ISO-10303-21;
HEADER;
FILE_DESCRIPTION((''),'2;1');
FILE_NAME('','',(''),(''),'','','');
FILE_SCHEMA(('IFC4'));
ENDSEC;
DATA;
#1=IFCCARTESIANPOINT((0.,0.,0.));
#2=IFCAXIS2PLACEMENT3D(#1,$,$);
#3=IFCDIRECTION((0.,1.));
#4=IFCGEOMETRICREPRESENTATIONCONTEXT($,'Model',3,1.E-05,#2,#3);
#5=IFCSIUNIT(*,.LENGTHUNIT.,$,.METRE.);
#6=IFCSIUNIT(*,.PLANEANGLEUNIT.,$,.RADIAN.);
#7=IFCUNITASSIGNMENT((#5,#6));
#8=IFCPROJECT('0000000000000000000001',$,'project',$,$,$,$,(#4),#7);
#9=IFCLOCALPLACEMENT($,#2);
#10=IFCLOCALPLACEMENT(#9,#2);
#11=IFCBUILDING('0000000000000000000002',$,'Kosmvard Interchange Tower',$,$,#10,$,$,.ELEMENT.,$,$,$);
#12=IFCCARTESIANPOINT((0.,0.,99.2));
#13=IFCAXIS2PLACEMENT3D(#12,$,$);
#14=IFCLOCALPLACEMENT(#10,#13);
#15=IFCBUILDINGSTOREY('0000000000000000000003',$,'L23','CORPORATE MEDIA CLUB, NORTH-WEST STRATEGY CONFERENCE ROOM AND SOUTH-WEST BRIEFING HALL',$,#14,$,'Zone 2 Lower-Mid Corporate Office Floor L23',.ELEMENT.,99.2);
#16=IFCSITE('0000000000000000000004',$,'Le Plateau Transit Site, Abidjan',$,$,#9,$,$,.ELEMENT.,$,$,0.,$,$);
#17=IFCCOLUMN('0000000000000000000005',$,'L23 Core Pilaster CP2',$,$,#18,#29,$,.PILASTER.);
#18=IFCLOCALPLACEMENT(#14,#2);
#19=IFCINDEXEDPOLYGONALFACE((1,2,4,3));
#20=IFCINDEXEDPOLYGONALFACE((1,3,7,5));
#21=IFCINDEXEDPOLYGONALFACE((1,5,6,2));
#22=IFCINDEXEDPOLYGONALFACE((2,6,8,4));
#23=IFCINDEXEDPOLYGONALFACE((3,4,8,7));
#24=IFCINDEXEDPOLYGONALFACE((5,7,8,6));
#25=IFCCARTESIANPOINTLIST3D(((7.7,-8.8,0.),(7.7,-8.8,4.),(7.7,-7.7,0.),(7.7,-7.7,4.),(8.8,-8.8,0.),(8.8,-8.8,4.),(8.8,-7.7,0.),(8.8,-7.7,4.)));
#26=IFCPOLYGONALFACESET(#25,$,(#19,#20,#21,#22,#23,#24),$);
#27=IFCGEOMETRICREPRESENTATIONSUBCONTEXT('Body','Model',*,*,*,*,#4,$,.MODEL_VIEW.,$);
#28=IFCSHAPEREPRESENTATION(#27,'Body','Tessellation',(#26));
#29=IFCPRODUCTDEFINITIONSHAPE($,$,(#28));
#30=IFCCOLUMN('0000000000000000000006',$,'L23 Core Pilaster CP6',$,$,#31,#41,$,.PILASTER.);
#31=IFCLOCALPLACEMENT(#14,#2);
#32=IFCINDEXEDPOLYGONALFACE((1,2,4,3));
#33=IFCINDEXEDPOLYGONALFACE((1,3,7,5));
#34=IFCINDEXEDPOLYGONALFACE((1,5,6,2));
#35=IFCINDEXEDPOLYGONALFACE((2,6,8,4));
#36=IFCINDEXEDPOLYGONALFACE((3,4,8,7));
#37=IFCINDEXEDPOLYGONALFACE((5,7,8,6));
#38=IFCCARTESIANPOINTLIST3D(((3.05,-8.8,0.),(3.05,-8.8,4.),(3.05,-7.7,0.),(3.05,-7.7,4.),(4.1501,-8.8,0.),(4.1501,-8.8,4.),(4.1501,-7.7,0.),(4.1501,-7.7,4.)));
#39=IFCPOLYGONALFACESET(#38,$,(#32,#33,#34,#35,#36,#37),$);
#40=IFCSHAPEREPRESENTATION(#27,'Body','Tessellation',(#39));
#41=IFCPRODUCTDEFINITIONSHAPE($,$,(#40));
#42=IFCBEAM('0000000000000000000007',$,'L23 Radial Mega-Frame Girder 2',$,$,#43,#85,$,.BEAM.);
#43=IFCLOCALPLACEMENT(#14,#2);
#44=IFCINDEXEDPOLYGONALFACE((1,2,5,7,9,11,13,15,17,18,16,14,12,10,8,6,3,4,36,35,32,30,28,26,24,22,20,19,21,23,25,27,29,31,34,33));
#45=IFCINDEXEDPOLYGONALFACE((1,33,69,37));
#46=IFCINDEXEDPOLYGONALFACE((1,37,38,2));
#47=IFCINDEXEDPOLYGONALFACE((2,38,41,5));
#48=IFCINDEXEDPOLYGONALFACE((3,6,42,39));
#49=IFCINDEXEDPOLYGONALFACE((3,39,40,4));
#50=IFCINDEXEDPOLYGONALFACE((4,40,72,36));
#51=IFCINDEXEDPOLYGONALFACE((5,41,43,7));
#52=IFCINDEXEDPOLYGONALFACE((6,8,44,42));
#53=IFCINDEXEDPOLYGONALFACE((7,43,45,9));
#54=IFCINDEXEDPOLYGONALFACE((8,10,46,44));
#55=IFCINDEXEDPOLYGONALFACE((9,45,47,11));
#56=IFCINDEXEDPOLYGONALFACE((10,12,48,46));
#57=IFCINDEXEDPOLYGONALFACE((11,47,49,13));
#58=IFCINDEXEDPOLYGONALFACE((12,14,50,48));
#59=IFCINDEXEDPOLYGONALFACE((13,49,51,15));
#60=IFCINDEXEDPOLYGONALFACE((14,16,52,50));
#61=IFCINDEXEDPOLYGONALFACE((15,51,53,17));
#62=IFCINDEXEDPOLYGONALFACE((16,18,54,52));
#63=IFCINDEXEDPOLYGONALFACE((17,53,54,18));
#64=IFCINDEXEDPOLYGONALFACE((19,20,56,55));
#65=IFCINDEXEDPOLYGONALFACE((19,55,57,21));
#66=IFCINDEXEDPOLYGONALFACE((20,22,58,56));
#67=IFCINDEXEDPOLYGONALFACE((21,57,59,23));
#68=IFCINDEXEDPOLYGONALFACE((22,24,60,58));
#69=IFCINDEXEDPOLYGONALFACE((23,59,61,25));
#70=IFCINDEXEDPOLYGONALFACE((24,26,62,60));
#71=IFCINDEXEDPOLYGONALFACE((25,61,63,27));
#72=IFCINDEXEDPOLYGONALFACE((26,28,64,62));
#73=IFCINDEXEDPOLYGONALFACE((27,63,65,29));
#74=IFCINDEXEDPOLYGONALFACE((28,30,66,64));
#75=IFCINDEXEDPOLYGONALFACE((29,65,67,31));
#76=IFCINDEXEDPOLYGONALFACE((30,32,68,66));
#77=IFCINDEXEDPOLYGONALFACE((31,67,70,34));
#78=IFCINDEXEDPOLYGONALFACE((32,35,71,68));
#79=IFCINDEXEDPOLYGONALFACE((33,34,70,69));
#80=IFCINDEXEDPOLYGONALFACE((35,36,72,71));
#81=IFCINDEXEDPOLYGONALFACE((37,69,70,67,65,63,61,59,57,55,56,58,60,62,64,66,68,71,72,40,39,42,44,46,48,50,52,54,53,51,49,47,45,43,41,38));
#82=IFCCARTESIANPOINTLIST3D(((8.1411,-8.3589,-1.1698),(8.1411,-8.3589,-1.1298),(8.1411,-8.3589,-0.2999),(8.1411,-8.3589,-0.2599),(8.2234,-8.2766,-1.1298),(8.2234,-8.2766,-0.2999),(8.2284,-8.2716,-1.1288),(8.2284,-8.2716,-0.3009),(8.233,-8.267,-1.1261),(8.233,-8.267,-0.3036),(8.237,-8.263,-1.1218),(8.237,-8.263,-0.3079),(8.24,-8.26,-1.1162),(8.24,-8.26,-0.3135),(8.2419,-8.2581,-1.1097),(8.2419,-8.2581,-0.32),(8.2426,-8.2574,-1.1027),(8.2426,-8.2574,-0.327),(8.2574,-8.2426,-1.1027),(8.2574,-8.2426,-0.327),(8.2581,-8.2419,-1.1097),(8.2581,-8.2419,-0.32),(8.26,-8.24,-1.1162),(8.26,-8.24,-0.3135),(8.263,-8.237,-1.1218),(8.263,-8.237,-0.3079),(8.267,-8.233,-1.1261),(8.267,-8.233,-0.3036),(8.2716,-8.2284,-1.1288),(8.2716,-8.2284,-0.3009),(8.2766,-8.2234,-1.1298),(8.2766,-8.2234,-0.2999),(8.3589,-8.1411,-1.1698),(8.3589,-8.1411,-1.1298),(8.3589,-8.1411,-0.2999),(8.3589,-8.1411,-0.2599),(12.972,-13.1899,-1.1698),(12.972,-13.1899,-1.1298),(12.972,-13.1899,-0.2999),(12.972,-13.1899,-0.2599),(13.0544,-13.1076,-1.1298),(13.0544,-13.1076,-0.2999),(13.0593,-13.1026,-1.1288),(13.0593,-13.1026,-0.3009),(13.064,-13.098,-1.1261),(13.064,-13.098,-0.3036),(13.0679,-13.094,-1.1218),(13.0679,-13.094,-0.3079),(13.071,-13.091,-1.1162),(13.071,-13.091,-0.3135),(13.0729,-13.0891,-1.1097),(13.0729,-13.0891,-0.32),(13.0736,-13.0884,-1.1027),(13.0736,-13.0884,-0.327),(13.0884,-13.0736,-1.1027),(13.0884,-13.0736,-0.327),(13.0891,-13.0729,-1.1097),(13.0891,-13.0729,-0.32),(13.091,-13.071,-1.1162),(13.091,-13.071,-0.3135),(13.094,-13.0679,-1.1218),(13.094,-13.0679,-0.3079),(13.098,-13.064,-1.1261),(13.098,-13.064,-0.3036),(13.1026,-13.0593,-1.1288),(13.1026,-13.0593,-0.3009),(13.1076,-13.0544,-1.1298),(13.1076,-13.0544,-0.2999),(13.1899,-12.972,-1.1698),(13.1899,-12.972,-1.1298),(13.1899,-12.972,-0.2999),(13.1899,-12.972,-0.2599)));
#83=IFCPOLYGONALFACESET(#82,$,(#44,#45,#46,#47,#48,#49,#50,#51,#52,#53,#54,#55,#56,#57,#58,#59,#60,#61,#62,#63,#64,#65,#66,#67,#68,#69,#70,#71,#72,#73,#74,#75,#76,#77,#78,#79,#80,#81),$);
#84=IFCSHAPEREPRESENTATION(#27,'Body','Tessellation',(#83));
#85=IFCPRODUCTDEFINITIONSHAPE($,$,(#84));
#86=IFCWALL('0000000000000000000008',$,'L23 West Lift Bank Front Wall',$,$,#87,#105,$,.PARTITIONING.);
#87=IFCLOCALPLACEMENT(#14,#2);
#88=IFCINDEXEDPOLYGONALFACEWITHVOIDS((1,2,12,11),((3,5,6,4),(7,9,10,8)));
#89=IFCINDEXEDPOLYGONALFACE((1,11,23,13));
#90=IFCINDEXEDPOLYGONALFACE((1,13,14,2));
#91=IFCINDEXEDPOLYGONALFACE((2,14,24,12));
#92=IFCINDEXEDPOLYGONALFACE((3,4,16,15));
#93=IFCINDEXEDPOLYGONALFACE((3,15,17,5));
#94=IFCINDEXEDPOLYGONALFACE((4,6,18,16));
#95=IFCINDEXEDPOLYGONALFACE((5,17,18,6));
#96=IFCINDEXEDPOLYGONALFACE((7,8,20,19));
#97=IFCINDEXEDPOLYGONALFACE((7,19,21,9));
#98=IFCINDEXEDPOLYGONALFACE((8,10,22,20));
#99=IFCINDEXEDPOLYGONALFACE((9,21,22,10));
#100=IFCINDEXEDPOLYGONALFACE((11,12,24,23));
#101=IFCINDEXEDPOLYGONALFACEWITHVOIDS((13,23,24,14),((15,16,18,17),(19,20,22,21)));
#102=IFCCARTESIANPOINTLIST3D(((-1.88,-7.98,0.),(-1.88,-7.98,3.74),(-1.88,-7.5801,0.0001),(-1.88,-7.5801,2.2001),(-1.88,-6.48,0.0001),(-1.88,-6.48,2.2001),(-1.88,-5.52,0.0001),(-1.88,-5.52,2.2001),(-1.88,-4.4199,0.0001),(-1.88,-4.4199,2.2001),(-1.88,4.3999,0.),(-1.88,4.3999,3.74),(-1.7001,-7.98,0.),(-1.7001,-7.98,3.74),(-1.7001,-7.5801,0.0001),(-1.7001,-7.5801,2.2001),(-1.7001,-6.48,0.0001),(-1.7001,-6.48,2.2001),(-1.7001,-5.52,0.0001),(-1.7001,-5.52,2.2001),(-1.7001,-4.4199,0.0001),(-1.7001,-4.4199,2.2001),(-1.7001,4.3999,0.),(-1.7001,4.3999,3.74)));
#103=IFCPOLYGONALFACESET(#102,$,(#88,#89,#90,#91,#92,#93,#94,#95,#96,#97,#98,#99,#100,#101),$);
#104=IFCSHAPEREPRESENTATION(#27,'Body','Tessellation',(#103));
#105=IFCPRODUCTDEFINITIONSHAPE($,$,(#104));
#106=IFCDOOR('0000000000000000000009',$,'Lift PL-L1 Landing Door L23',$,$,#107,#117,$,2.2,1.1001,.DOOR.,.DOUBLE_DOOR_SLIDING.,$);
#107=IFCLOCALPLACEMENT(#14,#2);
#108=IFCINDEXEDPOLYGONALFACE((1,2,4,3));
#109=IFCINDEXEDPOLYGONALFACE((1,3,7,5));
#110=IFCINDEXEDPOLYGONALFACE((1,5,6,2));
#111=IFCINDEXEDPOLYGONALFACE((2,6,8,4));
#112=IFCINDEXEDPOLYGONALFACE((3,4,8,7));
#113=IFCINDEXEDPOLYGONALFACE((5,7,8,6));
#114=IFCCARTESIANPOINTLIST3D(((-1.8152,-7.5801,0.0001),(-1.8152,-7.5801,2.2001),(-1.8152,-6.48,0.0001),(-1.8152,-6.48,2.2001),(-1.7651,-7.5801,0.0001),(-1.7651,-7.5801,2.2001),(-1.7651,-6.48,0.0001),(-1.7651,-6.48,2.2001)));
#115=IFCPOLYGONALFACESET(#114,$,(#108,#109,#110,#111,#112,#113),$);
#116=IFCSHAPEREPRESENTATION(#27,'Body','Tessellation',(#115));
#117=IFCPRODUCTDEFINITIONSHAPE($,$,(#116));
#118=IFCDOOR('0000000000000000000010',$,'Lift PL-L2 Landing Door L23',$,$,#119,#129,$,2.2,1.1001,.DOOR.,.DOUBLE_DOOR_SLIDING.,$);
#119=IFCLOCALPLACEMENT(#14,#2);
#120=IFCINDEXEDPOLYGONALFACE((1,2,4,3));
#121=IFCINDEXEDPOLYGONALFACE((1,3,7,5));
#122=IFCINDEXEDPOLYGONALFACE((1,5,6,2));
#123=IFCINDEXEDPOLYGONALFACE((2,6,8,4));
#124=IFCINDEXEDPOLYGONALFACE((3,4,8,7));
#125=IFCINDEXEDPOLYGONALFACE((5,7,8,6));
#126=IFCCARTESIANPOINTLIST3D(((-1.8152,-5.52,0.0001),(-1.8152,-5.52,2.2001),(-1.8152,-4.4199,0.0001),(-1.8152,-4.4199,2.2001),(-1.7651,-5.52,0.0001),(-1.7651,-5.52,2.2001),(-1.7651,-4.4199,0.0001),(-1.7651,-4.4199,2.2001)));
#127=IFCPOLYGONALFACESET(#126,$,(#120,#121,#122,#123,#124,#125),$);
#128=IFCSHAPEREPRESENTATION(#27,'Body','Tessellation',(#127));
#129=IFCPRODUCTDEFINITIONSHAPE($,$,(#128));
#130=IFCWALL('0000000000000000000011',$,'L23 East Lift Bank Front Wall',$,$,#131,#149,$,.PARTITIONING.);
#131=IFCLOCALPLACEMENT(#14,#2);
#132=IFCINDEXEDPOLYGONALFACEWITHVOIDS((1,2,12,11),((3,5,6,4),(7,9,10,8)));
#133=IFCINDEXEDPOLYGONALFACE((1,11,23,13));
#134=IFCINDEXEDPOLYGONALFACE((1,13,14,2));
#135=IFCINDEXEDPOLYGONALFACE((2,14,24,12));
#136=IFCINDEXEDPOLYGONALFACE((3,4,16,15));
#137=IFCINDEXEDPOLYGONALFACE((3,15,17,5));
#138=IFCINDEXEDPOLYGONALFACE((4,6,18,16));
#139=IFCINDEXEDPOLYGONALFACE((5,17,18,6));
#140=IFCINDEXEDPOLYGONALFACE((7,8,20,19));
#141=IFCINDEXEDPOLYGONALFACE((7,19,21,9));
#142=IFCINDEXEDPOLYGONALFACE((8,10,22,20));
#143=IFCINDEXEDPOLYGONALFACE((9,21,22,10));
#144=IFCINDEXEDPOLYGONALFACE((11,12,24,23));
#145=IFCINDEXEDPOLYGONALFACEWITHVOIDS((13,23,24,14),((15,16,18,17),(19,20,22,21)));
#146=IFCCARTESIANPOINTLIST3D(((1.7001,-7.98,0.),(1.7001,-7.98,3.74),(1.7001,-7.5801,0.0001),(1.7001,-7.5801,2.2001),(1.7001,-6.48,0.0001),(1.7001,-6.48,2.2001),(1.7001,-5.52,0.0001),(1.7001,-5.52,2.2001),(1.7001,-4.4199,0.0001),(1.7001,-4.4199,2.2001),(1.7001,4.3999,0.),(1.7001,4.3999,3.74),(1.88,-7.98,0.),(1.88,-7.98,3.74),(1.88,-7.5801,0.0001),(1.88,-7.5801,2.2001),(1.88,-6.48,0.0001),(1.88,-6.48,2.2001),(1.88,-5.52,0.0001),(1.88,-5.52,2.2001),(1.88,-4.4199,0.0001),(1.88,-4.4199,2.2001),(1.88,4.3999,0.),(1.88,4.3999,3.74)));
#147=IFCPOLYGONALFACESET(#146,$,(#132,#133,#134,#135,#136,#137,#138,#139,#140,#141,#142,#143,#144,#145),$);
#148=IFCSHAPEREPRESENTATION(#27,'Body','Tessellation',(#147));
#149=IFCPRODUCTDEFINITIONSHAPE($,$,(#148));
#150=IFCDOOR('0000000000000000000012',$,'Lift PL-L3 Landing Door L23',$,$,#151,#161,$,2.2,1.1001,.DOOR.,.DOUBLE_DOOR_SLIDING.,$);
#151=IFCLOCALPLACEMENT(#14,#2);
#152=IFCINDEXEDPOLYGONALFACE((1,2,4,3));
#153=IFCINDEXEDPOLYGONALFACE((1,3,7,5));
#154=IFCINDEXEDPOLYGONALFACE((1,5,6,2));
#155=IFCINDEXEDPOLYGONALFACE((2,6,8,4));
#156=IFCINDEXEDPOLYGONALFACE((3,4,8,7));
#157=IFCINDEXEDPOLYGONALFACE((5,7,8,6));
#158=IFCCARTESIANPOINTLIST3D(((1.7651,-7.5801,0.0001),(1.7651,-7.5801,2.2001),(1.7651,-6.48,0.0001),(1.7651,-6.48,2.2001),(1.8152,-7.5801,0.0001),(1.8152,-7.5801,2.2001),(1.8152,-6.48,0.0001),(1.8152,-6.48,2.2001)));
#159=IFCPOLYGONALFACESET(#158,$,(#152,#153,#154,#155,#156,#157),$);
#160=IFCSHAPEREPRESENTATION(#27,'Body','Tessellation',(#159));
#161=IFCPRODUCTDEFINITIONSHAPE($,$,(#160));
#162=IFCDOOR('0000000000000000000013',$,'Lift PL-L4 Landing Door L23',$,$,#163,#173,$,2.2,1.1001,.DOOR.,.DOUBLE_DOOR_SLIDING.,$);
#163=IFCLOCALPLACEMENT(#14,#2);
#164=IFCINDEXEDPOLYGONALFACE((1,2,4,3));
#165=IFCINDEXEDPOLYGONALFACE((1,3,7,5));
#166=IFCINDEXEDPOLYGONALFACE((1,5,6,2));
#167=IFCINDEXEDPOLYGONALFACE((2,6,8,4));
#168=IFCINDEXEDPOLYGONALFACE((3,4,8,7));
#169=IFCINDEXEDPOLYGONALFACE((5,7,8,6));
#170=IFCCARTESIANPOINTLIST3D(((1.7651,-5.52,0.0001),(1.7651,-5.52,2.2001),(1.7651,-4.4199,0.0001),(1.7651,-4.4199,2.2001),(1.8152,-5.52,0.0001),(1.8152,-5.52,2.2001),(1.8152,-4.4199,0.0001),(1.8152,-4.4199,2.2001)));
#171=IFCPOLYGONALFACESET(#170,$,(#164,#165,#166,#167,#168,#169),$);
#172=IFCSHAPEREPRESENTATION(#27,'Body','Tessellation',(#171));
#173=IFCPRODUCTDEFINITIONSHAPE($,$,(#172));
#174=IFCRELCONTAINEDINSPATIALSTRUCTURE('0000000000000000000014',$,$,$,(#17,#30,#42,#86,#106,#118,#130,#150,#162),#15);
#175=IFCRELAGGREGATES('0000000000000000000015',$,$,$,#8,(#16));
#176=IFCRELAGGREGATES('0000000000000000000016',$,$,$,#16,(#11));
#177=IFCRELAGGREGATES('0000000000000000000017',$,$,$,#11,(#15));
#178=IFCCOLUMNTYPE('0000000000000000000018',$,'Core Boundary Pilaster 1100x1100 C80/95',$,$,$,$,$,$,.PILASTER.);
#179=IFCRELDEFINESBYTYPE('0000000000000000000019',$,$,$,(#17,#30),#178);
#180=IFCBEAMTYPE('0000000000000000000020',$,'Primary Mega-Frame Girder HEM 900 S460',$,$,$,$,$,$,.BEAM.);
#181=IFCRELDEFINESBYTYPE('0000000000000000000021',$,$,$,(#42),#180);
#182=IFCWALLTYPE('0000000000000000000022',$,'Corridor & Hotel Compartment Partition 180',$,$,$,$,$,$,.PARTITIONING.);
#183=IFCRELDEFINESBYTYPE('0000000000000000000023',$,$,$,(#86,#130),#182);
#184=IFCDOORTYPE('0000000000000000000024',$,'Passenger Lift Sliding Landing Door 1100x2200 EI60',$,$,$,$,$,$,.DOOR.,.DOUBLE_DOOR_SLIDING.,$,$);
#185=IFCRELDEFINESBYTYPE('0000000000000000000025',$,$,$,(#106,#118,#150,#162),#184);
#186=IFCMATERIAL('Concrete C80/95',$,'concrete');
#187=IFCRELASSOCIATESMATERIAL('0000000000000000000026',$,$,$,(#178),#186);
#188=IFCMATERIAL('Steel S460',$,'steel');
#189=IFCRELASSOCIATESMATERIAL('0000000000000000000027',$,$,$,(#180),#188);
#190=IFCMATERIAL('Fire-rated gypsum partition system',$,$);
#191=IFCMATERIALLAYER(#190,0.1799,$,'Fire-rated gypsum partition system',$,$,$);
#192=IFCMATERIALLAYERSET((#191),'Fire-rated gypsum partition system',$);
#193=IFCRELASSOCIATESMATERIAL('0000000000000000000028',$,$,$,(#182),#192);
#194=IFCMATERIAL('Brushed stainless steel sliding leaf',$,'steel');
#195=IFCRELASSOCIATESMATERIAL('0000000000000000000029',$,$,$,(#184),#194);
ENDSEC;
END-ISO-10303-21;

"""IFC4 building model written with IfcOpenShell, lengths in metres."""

from ifc_helpers import new_model, si_unit, direction, frame, frame_2d, origin, origin_2d, place, context, subcontext, project, spatial, rectangle, i_section, extrude, source, transform, mapped, material, layer, layer_set, material_profile, profile_set, type_object, element, fill, save


model = new_model("IFC4")

# Units and contexts
model_context = context("Model", 3, precision=1e-05, world=origin(), true_north=direction((0.0, 1.0)))
body_context = subcontext(model_context, "Body", "Model", "MODEL_VIEW")
ifc_project = project(units=[si_unit("LENGTHUNIT", "METRE"), si_unit("PLANEANGLEUNIT", "RADIAN")], contexts=[model_context])

# Site, building, storey
site_placement = place(None, origin())
site = spatial("IfcSite", under=ifc_project, at=site_placement, Name="Le Plateau Transit Site, Abidjan", CompositionType="ELEMENT", RefElevation=0.0)
building_placement = place(site_placement, origin())
building = spatial("IfcBuilding", under=site, at=building_placement, Name="Kosmvard Interchange Tower", CompositionType="ELEMENT")
storey_placement = place(building_placement, frame((0.0, 0.0, 99.2)))
storey = spatial("IfcBuildingStorey", under=building, at=storey_placement, Name="L23", Description="CORPORATE MEDIA CLUB, NORTH-WEST STRATEGY CONFERENCE ROOM AND SOUTH-WEST BRIEFING HALL", LongName="Zone 2 Lower-Mid Corporate Office Floor L23", CompositionType="ELEMENT", Elevation=99.2)

# Columns
ifc_material_1 = material(Name="Concrete C80/95", Category="concrete")
ifc_material_profile_1 = material_profile(ifc_material_1, rectangle(XDim=1.1001, YDim=1.1001, at=origin_2d()), Name="CP 1100x1100")
ifc_profile_set_1 = profile_set([ifc_material_profile_1], Name="Concrete C80/95")
column_type = type_object("IfcColumnType", Name="Core Boundary Pilaster 1100x1100 C80/95", PredefinedType="PILASTER", material=ifc_profile_set_1)
shared_shape_1 = source(origin(), body_context, "Body", "SweptSolid", [
    extrude(rectangle(XDim=1.1001, YDim=1.1001, at=origin_2d()), origin(), (0.0, 0.0, 1.0), 4.0),
])
for number, where, z_axis, x_axis, name in (
    (1, (8.25, -8.25, 0.0), (0.0, 0.0, 1.0), (1.0, 0.0, 0.0), "L23 Core Pilaster CP2"),
    (2, (3.6001, -8.25, 0.0), (0.0, 0.0, 1.0), (1.0, 0.0, 0.0), "L23 Core Pilaster CP6"),
):
    element("IfcColumn", number, at=place(storey_placement, frame(where, z_axis=z_axis, x_axis=x_axis)), inside=storey, type_object=column_type, Name=name, PredefinedType="PILASTER", context=body_context, shape_type="MappedRepresentation", body=[
        mapped(shared_shape_1, transform((0.0, 0.0, 0.0), scale=1.0)),
    ])

# Beam
ifc_material_2 = material(Name="Steel S460", Category="steel")
ifc_material_profile_2 = material_profile(ifc_material_2, i_section(OverallWidth=0.3081, OverallDepth=0.9099, WebThickness=0.021, FlangeThickness=0.04, FilletRadius=0.0271, at=origin_2d()), Name="HEM 900")
ifc_profile_set_2 = profile_set([ifc_material_profile_2], Name="Steel S460")
beam_type = type_object("IfcBeamType", Name="Primary Mega-Frame Girder HEM 900 S460", PredefinedType="BEAM", material=ifc_profile_set_2)
shared_shape_2 = source(origin(), body_context, "Body", "SweptSolid", [
    extrude(i_section(OverallWidth=0.3081, OverallDepth=0.9099, WebThickness=0.021, FlangeThickness=0.04, FilletRadius=0.0271, at=origin_2d()), origin(), (0.0, 0.0, 1.0), 6.832),
])
beam_placement = place(storey_placement, frame((8.25, -8.25, -0.7148), z_axis=(0.707107, -0.707107, 0.0), x_axis=(0.707107, 0.707107, 0.0)))
element("IfcBeam", 3, at=beam_placement, inside=storey, type_object=beam_type, Name="L23 Radial Mega-Frame Girder 2", PredefinedType="BEAM", context=body_context, shape_type="MappedRepresentation", body=[
    mapped(shared_shape_2, transform((0.0, 0.0, 0.0), scale=1.0)),
])

# Walls, openings, doors
ifc_material_3 = material(Name="Fire-rated gypsum partition system")
ifc_layer_1 = layer(ifc_material_3, 0.1799, Name="Fire-rated gypsum partition system")
ifc_layer_set_1 = layer_set([ifc_layer_1], Name="Fire-rated gypsum partition system")
wall_type_1 = type_object("IfcWallType", Name="Corridor & Hotel Compartment Partition 180", PredefinedType="PARTITIONING", material=ifc_layer_set_1)
wall_1_placement = place(storey_placement, frame((-1.79, -7.98, 0.0), z_axis=(0.0, 0.0, 1.0), x_axis=(0.0, 1.0, 0.0)))
wall_1 = element("IfcWall", 4, at=wall_1_placement, inside=storey, type_object=wall_type_1, Name="L23 West Lift Bank Front Wall", PredefinedType="PARTITIONING", context=body_context, shape_type="SweptSolid", body=[
    extrude(rectangle(XDim=12.3799, YDim=0.1799, at=frame_2d((6.1899, 0.0))), origin(), (0.0, 0.0, 1.0), 3.74),
])
opening_1_placement = place(wall_1_placement, frame((0.3999, 0.0, 0.0)))
opening_1 = element("IfcOpeningElement", 5, at=opening_1_placement, cuts=wall_1, PredefinedType="OPENING", context=body_context, shape_type="SweptSolid", body=[
    extrude(rectangle(XDim=1.1001, YDim=2.2, at=frame_2d((0.55, 1.1001))), frame((0.0, 0.1001, 0.0), z_axis=(0.0, -1.0, 0.0), x_axis=(1.0, 0.0, 0.0)), (0.0, 0.0, 1.0), 0.2),
])
opening_2_placement = place(wall_1_placement, frame((2.46, 0.0, 0.0)))
opening_2 = element("IfcOpeningElement", 6, at=opening_2_placement, cuts=wall_1, PredefinedType="OPENING", context=body_context, shape_type="SweptSolid", body=[
    extrude(rectangle(XDim=1.1001, YDim=2.2, at=frame_2d((0.55, 1.1001))), frame((0.0, 0.1001, 0.0), z_axis=(0.0, -1.0, 0.0), x_axis=(1.0, 0.0, 0.0)), (0.0, 0.0, 1.0), 0.2),
])
ifc_material_4 = material(Name="Brushed stainless steel sliding leaf", Category="steel")
door_type_1 = type_object("IfcDoorType", Name="Passenger Lift Sliding Landing Door 1100x2200 EI60", OperationType="DOUBLE_DOOR_SLIDING", PredefinedType="DOOR", material=ifc_material_4)
shared_shape_3 = source(origin(), body_context, "Body", "SweptSolid", [
    extrude(rectangle(XDim=1.1001, YDim=2.2, at=frame_2d((0.55, 1.1001))), frame((0.0, 0.0249, 0.0), z_axis=(0.0, -1.0, 0.0), x_axis=(1.0, 0.0, 0.0)), (0.0, 0.0, 1.0), 0.05),
])
door_1_placement = place(opening_1_placement, frame((1.1001, 0.0, 0.0), z_axis=(0.0, 0.0, 1.0), x_axis=(-1.0, 0.0, 0.0)))
door_1 = element("IfcDoor", 7, at=door_1_placement, inside=storey, type_object=door_type_1, Name="Lift PL-L1 Landing Door L23", OperationType="DOUBLE_DOOR_SLIDING", OverallHeight=2.2, OverallWidth=1.1001, PredefinedType="DOOR", context=body_context, shape_type="MappedRepresentation", body=[
    mapped(shared_shape_3, transform((0.0, 0.0, 0.0), scale=1.0)),
])
fill(opening_1, door_1)
door_2_placement = place(opening_2_placement, frame((1.1001, 0.0, 0.0), z_axis=(0.0, 0.0, 1.0), x_axis=(-1.0, 0.0, 0.0)))
door_2 = element("IfcDoor", 8, at=door_2_placement, inside=storey, type_object=door_type_1, Name="Lift PL-L2 Landing Door L23", OperationType="DOUBLE_DOOR_SLIDING", OverallHeight=2.2, OverallWidth=1.1001, PredefinedType="DOOR", context=body_context, shape_type="MappedRepresentation", body=[
    mapped(shared_shape_3, transform((0.0, 0.0, 0.0), scale=1.0)),
])
fill(opening_2, door_2)
wall_2_placement = place(storey_placement, frame((1.79, -7.98, 0.0), z_axis=(0.0, 0.0, 1.0), x_axis=(0.0, 1.0, 0.0)))
wall_2 = element("IfcWall", 9, at=wall_2_placement, inside=storey, type_object=wall_type_1, Name="L23 East Lift Bank Front Wall", PredefinedType="PARTITIONING", context=body_context, shape_type="SweptSolid", body=[
    extrude(rectangle(XDim=12.3799, YDim=0.1799, at=frame_2d((6.1899, 0.0))), origin(), (0.0, 0.0, 1.0), 3.74),
])
opening_3_placement = place(wall_2_placement, frame((0.3999, 0.0, 0.0)))
opening_3 = element("IfcOpeningElement", 10, at=opening_3_placement, cuts=wall_2, PredefinedType="OPENING", context=body_context, shape_type="SweptSolid", body=[
    extrude(rectangle(XDim=1.1001, YDim=2.2, at=frame_2d((0.55, 1.1001))), frame((0.0, 0.1001, 0.0), z_axis=(0.0, -1.0, 0.0), x_axis=(1.0, 0.0, 0.0)), (0.0, 0.0, 1.0), 0.2),
])
opening_4_placement = place(wall_2_placement, frame((2.46, 0.0, 0.0)))
opening_4 = element("IfcOpeningElement", 11, at=opening_4_placement, cuts=wall_2, PredefinedType="OPENING", context=body_context, shape_type="SweptSolid", body=[
    extrude(rectangle(XDim=1.1001, YDim=2.2, at=frame_2d((0.55, 1.1001))), frame((0.0, 0.1001, 0.0), z_axis=(0.0, -1.0, 0.0), x_axis=(1.0, 0.0, 0.0)), (0.0, 0.0, 1.0), 0.2),
])
door_3_placement = place(opening_3_placement, origin())
door_3 = element("IfcDoor", 12, at=door_3_placement, inside=storey, type_object=door_type_1, Name="Lift PL-L3 Landing Door L23", OperationType="DOUBLE_DOOR_SLIDING", OverallHeight=2.2, OverallWidth=1.1001, PredefinedType="DOOR", context=body_context, shape_type="MappedRepresentation", body=[
    mapped(shared_shape_3, transform((0.0, 0.0, 0.0), scale=1.0)),
])
fill(opening_3, door_3)
door_4_placement = place(opening_4_placement, origin())
door_4 = element("IfcDoor", 13, at=door_4_placement, inside=storey, type_object=door_type_1, Name="Lift PL-L4 Landing Door L23", OperationType="DOUBLE_DOOR_SLIDING", OverallHeight=2.2, OverallWidth=1.1001, PredefinedType="DOOR", context=body_context, shape_type="MappedRepresentation", body=[
    mapped(shared_shape_3, transform((0.0, 0.0, 0.0), scale=1.0)),
])
fill(opening_4, door_4)

save(model, "model.ifc")
